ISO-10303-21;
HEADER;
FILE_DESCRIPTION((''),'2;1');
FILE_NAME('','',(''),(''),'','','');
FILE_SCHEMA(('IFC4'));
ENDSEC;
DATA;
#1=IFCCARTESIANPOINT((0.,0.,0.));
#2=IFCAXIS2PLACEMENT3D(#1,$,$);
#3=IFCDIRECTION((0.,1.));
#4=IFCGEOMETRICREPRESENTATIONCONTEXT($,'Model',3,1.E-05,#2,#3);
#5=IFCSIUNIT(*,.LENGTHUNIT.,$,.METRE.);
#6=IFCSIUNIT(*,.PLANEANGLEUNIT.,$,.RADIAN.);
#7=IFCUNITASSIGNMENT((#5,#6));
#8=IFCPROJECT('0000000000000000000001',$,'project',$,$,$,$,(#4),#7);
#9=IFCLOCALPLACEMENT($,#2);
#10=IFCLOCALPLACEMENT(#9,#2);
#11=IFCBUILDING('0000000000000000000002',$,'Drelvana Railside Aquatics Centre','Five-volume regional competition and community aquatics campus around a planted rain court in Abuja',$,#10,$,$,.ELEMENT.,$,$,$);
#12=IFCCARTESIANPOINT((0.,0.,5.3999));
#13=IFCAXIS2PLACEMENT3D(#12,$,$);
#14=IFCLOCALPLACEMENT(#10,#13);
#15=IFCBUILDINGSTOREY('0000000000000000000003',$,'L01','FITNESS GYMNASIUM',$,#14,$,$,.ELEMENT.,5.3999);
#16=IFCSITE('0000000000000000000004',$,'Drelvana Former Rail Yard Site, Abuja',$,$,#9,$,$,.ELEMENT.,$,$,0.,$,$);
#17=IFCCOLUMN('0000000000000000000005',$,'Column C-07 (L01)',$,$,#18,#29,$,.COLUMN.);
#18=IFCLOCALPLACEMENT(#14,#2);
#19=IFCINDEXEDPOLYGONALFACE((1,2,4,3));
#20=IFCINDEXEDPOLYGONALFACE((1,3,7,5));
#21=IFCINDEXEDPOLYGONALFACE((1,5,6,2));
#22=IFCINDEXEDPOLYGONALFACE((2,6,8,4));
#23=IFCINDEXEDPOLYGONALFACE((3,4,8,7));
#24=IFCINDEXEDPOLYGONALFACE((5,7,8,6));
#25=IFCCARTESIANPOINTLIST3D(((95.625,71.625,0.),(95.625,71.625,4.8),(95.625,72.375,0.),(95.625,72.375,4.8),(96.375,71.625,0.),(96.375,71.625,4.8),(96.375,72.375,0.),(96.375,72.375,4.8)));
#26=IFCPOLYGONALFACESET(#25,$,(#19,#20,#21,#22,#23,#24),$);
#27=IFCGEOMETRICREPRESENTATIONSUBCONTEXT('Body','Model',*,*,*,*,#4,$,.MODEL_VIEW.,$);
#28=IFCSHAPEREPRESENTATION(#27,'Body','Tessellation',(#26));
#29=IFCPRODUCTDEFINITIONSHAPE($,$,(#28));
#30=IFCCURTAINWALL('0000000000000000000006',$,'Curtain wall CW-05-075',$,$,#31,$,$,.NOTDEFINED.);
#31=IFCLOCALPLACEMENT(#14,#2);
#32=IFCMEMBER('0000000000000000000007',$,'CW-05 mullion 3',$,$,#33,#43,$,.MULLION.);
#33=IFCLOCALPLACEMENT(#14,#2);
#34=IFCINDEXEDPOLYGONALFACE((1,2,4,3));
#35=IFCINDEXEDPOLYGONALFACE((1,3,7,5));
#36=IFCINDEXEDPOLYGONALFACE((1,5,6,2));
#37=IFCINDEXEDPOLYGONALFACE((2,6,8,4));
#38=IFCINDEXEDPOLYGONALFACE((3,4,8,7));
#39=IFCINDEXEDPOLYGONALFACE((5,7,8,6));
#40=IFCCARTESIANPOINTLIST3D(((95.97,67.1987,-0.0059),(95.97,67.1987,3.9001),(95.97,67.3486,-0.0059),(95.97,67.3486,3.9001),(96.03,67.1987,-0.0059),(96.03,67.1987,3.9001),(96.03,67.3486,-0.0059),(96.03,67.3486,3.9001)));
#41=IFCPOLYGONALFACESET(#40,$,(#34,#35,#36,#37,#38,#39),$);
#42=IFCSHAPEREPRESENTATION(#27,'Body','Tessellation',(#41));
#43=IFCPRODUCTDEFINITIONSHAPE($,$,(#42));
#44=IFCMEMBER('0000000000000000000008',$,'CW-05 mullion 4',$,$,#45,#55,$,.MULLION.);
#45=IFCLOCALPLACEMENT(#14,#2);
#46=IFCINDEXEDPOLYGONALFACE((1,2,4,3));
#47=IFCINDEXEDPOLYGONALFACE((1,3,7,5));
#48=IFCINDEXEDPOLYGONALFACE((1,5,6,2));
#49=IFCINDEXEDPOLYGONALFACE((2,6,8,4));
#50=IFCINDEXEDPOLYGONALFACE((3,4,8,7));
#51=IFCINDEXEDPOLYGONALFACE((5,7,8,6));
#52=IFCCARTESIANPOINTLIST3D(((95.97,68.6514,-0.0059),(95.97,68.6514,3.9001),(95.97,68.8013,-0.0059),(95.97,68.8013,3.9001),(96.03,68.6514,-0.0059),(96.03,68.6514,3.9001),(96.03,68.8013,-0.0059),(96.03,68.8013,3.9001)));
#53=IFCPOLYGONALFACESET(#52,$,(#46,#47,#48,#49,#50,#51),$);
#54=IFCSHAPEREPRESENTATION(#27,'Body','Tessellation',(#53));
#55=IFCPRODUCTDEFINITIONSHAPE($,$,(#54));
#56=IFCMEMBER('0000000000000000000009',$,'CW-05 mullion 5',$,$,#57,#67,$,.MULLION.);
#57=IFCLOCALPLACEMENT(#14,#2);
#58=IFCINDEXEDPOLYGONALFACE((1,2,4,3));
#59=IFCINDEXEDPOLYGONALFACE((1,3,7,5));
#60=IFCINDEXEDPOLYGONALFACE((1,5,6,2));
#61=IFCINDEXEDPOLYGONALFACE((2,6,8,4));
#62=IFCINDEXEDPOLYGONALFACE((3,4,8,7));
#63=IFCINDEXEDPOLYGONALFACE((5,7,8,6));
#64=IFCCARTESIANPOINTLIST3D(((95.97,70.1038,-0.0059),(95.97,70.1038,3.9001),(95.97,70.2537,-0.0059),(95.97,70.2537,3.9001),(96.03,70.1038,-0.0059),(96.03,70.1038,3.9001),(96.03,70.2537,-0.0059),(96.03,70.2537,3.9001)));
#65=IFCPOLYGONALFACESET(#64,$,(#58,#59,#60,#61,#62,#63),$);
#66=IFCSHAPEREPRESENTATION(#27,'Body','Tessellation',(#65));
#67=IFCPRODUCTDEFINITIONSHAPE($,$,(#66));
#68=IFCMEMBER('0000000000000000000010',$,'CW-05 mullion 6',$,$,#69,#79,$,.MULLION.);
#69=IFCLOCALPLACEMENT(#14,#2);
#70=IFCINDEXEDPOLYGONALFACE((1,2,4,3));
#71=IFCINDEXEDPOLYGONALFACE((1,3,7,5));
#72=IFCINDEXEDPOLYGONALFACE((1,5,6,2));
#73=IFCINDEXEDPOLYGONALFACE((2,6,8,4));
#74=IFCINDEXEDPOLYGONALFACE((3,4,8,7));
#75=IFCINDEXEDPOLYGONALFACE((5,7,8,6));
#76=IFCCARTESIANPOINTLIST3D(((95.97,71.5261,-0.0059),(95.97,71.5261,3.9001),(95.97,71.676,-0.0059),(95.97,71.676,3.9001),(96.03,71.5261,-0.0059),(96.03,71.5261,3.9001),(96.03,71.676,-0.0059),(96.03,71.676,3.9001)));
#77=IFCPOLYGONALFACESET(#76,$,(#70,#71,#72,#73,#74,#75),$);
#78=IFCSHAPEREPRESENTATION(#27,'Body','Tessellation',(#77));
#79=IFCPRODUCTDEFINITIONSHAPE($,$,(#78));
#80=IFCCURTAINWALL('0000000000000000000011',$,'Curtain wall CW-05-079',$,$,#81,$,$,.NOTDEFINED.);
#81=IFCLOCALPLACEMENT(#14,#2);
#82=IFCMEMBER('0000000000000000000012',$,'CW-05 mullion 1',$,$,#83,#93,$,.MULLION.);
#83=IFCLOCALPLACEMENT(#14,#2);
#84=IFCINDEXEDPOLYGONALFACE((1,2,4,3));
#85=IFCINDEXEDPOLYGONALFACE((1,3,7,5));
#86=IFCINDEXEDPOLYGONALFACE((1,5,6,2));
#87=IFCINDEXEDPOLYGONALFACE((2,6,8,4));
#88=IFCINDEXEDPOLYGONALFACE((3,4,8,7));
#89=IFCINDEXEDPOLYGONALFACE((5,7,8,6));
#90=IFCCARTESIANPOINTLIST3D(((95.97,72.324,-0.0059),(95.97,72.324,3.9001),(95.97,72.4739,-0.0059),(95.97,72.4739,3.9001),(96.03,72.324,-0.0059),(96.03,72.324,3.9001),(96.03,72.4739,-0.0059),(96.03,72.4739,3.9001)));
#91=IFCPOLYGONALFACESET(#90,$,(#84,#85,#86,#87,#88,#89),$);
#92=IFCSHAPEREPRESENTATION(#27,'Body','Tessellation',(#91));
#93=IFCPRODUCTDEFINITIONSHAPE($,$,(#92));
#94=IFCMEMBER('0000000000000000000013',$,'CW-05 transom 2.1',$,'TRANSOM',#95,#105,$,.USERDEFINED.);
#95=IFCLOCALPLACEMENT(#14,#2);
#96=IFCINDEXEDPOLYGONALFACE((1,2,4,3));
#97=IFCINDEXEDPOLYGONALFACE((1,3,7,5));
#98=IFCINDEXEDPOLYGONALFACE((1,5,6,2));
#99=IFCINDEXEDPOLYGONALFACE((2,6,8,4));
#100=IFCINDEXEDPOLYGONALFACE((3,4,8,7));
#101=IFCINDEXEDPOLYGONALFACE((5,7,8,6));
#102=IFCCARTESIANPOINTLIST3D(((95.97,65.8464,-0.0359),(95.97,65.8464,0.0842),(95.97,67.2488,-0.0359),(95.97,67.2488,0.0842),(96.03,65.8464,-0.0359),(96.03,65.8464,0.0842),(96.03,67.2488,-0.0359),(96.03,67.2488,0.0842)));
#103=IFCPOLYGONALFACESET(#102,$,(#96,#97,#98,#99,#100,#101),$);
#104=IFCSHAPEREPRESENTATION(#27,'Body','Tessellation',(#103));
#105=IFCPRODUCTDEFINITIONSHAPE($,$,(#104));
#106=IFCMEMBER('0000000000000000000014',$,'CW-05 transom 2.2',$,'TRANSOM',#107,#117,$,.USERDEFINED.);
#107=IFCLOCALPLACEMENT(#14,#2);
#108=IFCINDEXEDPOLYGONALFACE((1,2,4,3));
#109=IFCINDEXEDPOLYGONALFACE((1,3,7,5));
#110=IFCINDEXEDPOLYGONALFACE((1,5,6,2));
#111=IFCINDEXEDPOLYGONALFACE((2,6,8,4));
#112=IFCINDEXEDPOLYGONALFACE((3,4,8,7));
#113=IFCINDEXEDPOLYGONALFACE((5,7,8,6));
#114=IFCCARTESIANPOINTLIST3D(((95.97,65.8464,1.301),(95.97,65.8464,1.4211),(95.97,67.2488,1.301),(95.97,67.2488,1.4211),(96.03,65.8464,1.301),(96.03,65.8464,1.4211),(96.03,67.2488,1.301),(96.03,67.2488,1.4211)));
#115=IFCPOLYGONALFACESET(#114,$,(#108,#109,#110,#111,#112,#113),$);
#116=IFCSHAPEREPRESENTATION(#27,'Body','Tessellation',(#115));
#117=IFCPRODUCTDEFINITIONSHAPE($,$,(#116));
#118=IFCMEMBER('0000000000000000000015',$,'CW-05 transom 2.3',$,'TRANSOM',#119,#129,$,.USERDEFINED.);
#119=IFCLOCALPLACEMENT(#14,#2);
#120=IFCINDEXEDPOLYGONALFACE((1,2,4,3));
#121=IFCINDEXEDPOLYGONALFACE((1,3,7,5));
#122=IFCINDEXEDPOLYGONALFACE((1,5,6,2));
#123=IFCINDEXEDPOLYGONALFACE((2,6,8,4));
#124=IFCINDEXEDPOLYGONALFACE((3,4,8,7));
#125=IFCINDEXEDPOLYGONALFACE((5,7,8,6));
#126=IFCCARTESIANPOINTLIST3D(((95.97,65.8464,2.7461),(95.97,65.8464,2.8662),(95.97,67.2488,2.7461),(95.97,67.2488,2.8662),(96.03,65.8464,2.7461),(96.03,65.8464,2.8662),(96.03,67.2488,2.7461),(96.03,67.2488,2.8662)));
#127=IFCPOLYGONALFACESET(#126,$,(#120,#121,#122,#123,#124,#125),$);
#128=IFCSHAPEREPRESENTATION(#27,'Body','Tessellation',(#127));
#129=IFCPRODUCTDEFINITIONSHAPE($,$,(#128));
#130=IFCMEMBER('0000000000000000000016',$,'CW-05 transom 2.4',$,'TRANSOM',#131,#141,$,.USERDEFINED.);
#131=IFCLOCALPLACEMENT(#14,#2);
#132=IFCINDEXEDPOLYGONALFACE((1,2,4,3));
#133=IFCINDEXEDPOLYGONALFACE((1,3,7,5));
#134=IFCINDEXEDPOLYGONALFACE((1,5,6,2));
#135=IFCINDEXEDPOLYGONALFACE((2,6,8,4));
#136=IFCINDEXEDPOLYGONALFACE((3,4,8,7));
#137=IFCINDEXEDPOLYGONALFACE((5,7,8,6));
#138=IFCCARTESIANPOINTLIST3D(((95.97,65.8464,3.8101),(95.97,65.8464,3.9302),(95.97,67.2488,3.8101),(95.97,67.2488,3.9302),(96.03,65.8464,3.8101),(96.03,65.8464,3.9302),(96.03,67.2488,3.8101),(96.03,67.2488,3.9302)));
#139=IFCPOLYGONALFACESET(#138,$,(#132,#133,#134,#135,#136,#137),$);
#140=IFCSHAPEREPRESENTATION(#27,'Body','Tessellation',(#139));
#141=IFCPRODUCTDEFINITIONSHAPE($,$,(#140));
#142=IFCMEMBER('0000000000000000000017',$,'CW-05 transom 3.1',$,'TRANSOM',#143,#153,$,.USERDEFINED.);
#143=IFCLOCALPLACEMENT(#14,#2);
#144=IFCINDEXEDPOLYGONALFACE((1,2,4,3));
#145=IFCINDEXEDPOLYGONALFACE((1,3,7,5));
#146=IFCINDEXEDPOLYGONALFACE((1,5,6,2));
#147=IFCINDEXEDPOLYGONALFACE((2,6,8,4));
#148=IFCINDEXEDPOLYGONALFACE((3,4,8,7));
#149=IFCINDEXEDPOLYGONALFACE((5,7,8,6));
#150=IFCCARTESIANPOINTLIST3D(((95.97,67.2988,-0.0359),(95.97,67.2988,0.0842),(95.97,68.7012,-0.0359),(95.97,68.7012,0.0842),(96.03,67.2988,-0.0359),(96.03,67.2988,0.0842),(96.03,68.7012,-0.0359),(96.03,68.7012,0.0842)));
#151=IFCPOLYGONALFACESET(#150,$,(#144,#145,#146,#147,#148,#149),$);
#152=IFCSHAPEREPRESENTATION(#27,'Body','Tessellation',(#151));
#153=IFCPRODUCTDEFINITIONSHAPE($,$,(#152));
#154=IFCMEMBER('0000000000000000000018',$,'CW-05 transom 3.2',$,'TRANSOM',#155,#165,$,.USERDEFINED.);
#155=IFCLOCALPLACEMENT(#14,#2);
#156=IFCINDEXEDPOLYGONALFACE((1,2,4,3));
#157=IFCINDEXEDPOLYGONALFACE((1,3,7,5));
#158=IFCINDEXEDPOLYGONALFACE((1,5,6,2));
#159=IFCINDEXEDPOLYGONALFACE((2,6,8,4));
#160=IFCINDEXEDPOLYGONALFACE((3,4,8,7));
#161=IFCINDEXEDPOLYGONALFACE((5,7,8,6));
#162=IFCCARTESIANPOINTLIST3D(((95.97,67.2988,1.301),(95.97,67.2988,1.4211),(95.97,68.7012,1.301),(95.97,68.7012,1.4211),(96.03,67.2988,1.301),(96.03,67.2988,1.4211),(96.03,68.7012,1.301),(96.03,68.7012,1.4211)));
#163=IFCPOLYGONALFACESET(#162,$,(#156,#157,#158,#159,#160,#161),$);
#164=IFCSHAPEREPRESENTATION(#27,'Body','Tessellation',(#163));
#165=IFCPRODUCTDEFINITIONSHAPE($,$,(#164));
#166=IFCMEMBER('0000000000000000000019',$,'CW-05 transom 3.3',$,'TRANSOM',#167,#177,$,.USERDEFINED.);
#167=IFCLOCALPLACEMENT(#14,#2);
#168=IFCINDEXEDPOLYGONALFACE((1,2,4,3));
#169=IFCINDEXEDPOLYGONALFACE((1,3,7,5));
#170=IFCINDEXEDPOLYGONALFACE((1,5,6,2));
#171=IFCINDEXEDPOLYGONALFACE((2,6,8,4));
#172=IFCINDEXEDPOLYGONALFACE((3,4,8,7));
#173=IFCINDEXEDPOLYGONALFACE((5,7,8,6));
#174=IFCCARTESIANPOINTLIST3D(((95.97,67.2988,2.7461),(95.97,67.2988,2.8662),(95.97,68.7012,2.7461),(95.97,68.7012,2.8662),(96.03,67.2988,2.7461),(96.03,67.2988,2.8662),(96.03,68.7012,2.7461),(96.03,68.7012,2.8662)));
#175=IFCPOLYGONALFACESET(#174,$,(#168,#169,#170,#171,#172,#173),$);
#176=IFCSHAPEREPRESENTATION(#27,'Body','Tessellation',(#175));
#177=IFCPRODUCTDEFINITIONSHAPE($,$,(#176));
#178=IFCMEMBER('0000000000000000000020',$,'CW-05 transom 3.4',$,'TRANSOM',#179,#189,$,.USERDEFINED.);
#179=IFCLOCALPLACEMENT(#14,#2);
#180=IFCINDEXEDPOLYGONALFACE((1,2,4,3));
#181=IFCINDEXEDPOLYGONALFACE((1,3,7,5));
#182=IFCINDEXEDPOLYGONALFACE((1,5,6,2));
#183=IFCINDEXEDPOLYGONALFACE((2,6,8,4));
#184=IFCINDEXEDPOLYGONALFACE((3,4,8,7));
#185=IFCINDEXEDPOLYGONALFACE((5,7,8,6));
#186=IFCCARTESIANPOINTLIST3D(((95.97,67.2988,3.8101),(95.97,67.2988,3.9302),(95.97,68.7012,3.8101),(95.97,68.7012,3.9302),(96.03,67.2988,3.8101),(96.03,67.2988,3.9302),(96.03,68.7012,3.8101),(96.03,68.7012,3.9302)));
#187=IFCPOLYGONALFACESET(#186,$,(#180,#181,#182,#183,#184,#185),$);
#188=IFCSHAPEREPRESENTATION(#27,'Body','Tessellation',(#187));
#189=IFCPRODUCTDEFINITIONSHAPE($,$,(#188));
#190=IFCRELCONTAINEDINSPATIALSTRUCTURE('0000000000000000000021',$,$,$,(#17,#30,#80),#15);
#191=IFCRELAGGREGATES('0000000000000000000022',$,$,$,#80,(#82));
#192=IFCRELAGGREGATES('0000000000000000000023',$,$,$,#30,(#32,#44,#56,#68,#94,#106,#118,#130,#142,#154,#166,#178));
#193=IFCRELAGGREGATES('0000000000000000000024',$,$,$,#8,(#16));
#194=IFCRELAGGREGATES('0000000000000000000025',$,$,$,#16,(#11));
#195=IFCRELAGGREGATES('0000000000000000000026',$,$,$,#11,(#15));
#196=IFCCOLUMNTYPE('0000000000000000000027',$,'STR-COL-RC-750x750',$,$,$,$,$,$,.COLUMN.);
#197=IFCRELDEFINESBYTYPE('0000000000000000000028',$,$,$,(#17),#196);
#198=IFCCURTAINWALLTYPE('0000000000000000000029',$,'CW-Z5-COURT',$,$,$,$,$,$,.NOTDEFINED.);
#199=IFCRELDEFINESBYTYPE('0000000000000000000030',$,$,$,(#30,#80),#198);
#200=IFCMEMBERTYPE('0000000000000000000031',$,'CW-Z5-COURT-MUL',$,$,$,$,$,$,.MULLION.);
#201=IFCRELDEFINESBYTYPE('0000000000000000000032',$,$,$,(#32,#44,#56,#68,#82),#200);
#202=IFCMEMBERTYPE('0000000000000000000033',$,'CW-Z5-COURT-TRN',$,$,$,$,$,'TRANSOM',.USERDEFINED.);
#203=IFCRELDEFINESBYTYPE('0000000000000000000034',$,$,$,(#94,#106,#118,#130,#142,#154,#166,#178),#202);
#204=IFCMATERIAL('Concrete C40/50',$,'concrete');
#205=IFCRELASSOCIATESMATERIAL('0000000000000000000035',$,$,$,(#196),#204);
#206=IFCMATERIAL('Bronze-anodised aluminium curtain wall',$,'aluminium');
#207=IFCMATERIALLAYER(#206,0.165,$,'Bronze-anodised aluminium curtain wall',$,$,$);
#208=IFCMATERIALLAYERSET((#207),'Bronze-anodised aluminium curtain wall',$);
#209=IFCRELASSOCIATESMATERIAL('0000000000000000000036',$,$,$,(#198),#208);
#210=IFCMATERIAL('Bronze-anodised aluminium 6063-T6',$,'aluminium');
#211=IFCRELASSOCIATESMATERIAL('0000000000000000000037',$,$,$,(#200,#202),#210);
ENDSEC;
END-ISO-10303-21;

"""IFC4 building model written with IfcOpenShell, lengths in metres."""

from ifc_helpers import new_model, si_unit, direction, frame, origin, origin_2d, place, context, subcontext, project, spatial, rectangle, extrude, material, layer, layer_set, material_profile, profile_set, type_object, element, aggregate, save


model = new_model("IFC4")

# Units and contexts
model_context = context("Model", 3, precision=1e-05, world=origin(), true_north=direction((0.0, 1.0)))
body_context = subcontext(model_context, "Body", "Model", "MODEL_VIEW")
ifc_project = project(units=[si_unit("LENGTHUNIT", "METRE"), si_unit("PLANEANGLEUNIT", "RADIAN")], contexts=[model_context])

# Site, building, storey
site_placement = place(None, origin())
site = spatial("IfcSite", under=ifc_project, at=site_placement, Name="Drelvana Former Rail Yard Site, Abuja", CompositionType="ELEMENT", RefElevation=0.0)
building_placement = place(site_placement, origin())
building = spatial("IfcBuilding", under=site, at=building_placement, Name="Drelvana Railside Aquatics Centre", Description="Five-volume regional competition and community aquatics campus around a planted rain court in Abuja", CompositionType="ELEMENT")
storey_placement = place(building_placement, frame((0.0, 0.0, 5.3999)))
storey = spatial("IfcBuildingStorey", under=building, at=storey_placement, Name="L01", Description="FITNESS GYMNASIUM", CompositionType="ELEMENT", Elevation=5.3999)

# Column
ifc_material_1 = material(Name="Concrete C40/50", Category="concrete")
ifc_material_profile_1 = material_profile(ifc_material_1, rectangle(XDim=0.75, YDim=0.75, at=origin_2d()), Name="RC 750x750")
ifc_profile_set_1 = profile_set([ifc_material_profile_1], Name="Concrete C40/50")
column_type = type_object("IfcColumnType", Name="STR-COL-RC-750x750", PredefinedType="COLUMN", material=ifc_profile_set_1)
column_placement = place(storey_placement, frame((96.0, 72.0, 0.0), z_axis=(0.0, 0.0, 1.0), x_axis=(1.0, 0.0, 0.0)))
element("IfcColumn", 1, at=column_placement, inside=storey, type_object=column_type, Name="Column C-07 (L01)", PredefinedType="COLUMN", context=body_context, shape_type="SweptSolid", body=[
    extrude(rectangle(XDim=0.75, YDim=0.75, at=origin_2d()), origin(), (0.0, 0.0, 1.0), 4.8),
])

# Curtain wall, members
ifc_material_2 = material(Name="Bronze-anodised aluminium curtain wall", Category="aluminium")
ifc_layer_1 = layer(ifc_material_2, 0.165, Name="Bronze-anodised aluminium curtain wall")
ifc_layer_set_1 = layer_set([ifc_layer_1], Name="Bronze-anodised aluminium curtain wall")
curtain_wall_type = type_object("IfcCurtainWallType", Name="CW-Z5-COURT", PredefinedType="NOTDEFINED", material=ifc_layer_set_1)
curtain_wall_1_placement = place(storey_placement, origin())
curtain_wall_1 = element("IfcCurtainWall", 2, at=curtain_wall_1_placement, inside=storey, type_object=curtain_wall_type, Name="Curtain wall CW-05-075", PredefinedType="NOTDEFINED")
ifc_material_3 = material(Name="Bronze-anodised aluminium 6063-T6", Category="aluminium")
ifc_material_profile_2 = material_profile(ifc_material_3, rectangle(XDim=0.0601, YDim=0.1499, at=origin_2d()), Name="ALU-M 60x150")
ifc_profile_set_2 = profile_set([ifc_material_profile_2], Name="Bronze-anodised aluminium 6063-T6")
member_type_1 = type_object("IfcMemberType", Name="CW-Z5-COURT-MUL", PredefinedType="MULLION", material=ifc_profile_set_2)
member_1_placement = place(storey_placement, frame((96.0, 67.2737, -0.0059), z_axis=(0.0, 0.0, 1.0), x_axis=(-1.0, 0.0, 0.0)))
member_1 = element("IfcMember", 3, at=member_1_placement, type_object=member_type_1, Name="CW-05 mullion 3", PredefinedType="MULLION", context=body_context, shape_type="SweptSolid", body=[
    extrude(rectangle(XDim=0.0601, YDim=0.1499, at=origin_2d()), origin(), (0.0, 0.0, 1.0), 3.906),
])
member_2_placement = place(storey_placement, frame((96.0, 68.7263, -0.0059), z_axis=(0.0, 0.0, 1.0), x_axis=(-1.0, 0.0, 0.0)))
member_2 = element("IfcMember", 4, at=member_2_placement, type_object=member_type_1, Name="CW-05 mullion 4", PredefinedType="MULLION", context=body_context, shape_type="SweptSolid", body=[
    extrude(rectangle(XDim=0.0601, YDim=0.1499, at=origin_2d()), origin(), (0.0, 0.0, 1.0), 3.906),
])
member_3_placement = place(storey_placement, frame((96.0, 70.1787, -0.0059), z_axis=(0.0, 0.0, 1.0), x_axis=(-1.0, 0.0, 0.0)))
member_3 = element("IfcMember", 5, at=member_3_placement, type_object=member_type_1, Name="CW-05 mullion 5", PredefinedType="MULLION", context=body_context, shape_type="SweptSolid", body=[
    extrude(rectangle(XDim=0.0601, YDim=0.1499, at=origin_2d()), origin(), (0.0, 0.0, 1.0), 3.906),
])
member_4_placement = place(storey_placement, frame((96.0, 71.6011, -0.0059), z_axis=(0.0, 0.0, 1.0), x_axis=(-1.0, 0.0, 0.0)))
member_4 = element("IfcMember", 6, at=member_4_placement, type_object=member_type_1, Name="CW-05 mullion 6", PredefinedType="MULLION", context=body_context, shape_type="SweptSolid", body=[
    extrude(rectangle(XDim=0.0601, YDim=0.1499, at=origin_2d()), origin(), (0.0, 0.0, 1.0), 3.906),
])

# Curtain wall, member
curtain_wall_2_placement = place(storey_placement, origin())
curtain_wall_2 = element("IfcCurtainWall", 7, at=curtain_wall_2_placement, inside=storey, type_object=curtain_wall_type, Name="Curtain wall CW-05-079", PredefinedType="NOTDEFINED")
member_5_placement = place(storey_placement, frame((96.0, 72.3989, -0.0059), z_axis=(0.0, 0.0, 1.0), x_axis=(-1.0, 0.0, 0.0)))
member_5 = element("IfcMember", 8, at=member_5_placement, type_object=member_type_1, Name="CW-05 mullion 1", PredefinedType="MULLION", context=body_context, shape_type="SweptSolid", body=[
    extrude(rectangle(XDim=0.0601, YDim=0.1499, at=origin_2d()), origin(), (0.0, 0.0, 1.0), 3.906),
])
aggregate(curtain_wall_2, [member_5])

# Members
ifc_material_profile_3 = material_profile(ifc_material_3, rectangle(XDim=0.1201, YDim=0.0601, at=origin_2d()), Name="ALU-T 60x120")
ifc_profile_set_3 = profile_set([ifc_material_profile_3], Name="Bronze-anodised aluminium 6063-T6")
member_type_2 = type_object("IfcMemberType", Name="CW-Z5-COURT-TRN", ElementType="TRANSOM", PredefinedType="USERDEFINED", material=ifc_profile_set_3)
member_6_placement = place(storey_placement, frame((96.0, 65.8464, 0.0242), z_axis=(0.0, 1.0, 0.0), x_axis=(0.0, 0.0, 1.0)))
member_6 = element("IfcMember", 9, at=member_6_placement, type_object=member_type_2, Name="CW-05 transom 2.1", ObjectType="TRANSOM", PredefinedType="USERDEFINED", context=body_context, shape_type="SweptSolid", body=[
    extrude(rectangle(XDim=0.1201, YDim=0.0601, at=origin_2d()), origin(), (0.0, 0.0, 1.0), 1.4023),
])
member_7_placement = place(storey_placement, frame((96.0, 65.8464, 1.3611), z_axis=(0.0, 1.0, 0.0), x_axis=(0.0, 0.0, 1.0)))
member_7 = element("IfcMember", 10, at=member_7_placement, type_object=member_type_2, Name="CW-05 transom 2.2", ObjectType="TRANSOM", PredefinedType="USERDEFINED", context=body_context, shape_type="SweptSolid", body=[
    extrude(rectangle(XDim=0.1201, YDim=0.0601, at=origin_2d()), origin(), (0.0, 0.0, 1.0), 1.4023),
])
member_8_placement = place(storey_placement, frame((96.0, 65.8464, 2.8062), z_axis=(0.0, 1.0, 0.0), x_axis=(0.0, 0.0, 1.0)))
member_8 = element("IfcMember", 11, at=member_8_placement, type_object=member_type_2, Name="CW-05 transom 2.3", ObjectType="TRANSOM", PredefinedType="USERDEFINED", context=body_context, shape_type="SweptSolid", body=[
    extrude(rectangle(XDim=0.1201, YDim=0.0601, at=origin_2d()), origin(), (0.0, 0.0, 1.0), 1.4023),
])
member_9_placement = place(storey_placement, frame((96.0, 65.8464, 3.8701), z_axis=(0.0, 1.0, 0.0), x_axis=(0.0, 0.0, 1.0)))
member_9 = element("IfcMember", 12, at=member_9_placement, type_object=member_type_2, Name="CW-05 transom 2.4", ObjectType="TRANSOM", PredefinedType="USERDEFINED", context=body_context, shape_type="SweptSolid", body=[
    extrude(rectangle(XDim=0.1201, YDim=0.0601, at=origin_2d()), origin(), (0.0, 0.0, 1.0), 1.4023),
])
member_10_placement = place(storey_placement, frame((96.0, 67.2988, 0.0242), z_axis=(0.0, 1.0, 0.0), x_axis=(0.0, 0.0, 1.0)))
member_10 = element("IfcMember", 13, at=member_10_placement, type_object=member_type_2, Name="CW-05 transom 3.1", ObjectType="TRANSOM", PredefinedType="USERDEFINED", context=body_context, shape_type="SweptSolid", body=[
    extrude(rectangle(XDim=0.1201, YDim=0.0601, at=origin_2d()), origin(), (0.0, 0.0, 1.0), 1.4023),
])
member_11_placement = place(storey_placement, frame((96.0, 67.2988, 1.3611), z_axis=(0.0, 1.0, 0.0), x_axis=(0.0, 0.0, 1.0)))
member_11 = element("IfcMember", 14, at=member_11_placement, type_object=member_type_2, Name="CW-05 transom 3.2", ObjectType="TRANSOM", PredefinedType="USERDEFINED", context=body_context, shape_type="SweptSolid", body=[
    extrude(rectangle(XDim=0.1201, YDim=0.0601, at=origin_2d()), origin(), (0.0, 0.0, 1.0), 1.4023),
])
member_12_placement = place(storey_placement, frame((96.0, 67.2988, 2.8062), z_axis=(0.0, 1.0, 0.0), x_axis=(0.0, 0.0, 1.0)))
member_12 = element("IfcMember", 15, at=member_12_placement, type_object=member_type_2, Name="CW-05 transom 3.3", ObjectType="TRANSOM", PredefinedType="USERDEFINED", context=body_context, shape_type="SweptSolid", body=[
    extrude(rectangle(XDim=0.1201, YDim=0.0601, at=origin_2d()), origin(), (0.0, 0.0, 1.0), 1.4023),
])
member_13_placement = place(storey_placement, frame((96.0, 67.2988, 3.8701), z_axis=(0.0, 1.0, 0.0), x_axis=(0.0, 0.0, 1.0)))
member_13 = element("IfcMember", 16, at=member_13_placement, type_object=member_type_2, Name="CW-05 transom 3.4", ObjectType="TRANSOM", PredefinedType="USERDEFINED", context=body_context, shape_type="SweptSolid", body=[
    extrude(rectangle(XDim=0.1201, YDim=0.0601, at=origin_2d()), origin(), (0.0, 0.0, 1.0), 1.4023),
])

aggregate(curtain_wall_1, [member_1, member_2, member_3, member_4, member_6, member_7, member_8, member_9, member_10, member_11, member_12, member_13])

save(model, "model.ifc")
